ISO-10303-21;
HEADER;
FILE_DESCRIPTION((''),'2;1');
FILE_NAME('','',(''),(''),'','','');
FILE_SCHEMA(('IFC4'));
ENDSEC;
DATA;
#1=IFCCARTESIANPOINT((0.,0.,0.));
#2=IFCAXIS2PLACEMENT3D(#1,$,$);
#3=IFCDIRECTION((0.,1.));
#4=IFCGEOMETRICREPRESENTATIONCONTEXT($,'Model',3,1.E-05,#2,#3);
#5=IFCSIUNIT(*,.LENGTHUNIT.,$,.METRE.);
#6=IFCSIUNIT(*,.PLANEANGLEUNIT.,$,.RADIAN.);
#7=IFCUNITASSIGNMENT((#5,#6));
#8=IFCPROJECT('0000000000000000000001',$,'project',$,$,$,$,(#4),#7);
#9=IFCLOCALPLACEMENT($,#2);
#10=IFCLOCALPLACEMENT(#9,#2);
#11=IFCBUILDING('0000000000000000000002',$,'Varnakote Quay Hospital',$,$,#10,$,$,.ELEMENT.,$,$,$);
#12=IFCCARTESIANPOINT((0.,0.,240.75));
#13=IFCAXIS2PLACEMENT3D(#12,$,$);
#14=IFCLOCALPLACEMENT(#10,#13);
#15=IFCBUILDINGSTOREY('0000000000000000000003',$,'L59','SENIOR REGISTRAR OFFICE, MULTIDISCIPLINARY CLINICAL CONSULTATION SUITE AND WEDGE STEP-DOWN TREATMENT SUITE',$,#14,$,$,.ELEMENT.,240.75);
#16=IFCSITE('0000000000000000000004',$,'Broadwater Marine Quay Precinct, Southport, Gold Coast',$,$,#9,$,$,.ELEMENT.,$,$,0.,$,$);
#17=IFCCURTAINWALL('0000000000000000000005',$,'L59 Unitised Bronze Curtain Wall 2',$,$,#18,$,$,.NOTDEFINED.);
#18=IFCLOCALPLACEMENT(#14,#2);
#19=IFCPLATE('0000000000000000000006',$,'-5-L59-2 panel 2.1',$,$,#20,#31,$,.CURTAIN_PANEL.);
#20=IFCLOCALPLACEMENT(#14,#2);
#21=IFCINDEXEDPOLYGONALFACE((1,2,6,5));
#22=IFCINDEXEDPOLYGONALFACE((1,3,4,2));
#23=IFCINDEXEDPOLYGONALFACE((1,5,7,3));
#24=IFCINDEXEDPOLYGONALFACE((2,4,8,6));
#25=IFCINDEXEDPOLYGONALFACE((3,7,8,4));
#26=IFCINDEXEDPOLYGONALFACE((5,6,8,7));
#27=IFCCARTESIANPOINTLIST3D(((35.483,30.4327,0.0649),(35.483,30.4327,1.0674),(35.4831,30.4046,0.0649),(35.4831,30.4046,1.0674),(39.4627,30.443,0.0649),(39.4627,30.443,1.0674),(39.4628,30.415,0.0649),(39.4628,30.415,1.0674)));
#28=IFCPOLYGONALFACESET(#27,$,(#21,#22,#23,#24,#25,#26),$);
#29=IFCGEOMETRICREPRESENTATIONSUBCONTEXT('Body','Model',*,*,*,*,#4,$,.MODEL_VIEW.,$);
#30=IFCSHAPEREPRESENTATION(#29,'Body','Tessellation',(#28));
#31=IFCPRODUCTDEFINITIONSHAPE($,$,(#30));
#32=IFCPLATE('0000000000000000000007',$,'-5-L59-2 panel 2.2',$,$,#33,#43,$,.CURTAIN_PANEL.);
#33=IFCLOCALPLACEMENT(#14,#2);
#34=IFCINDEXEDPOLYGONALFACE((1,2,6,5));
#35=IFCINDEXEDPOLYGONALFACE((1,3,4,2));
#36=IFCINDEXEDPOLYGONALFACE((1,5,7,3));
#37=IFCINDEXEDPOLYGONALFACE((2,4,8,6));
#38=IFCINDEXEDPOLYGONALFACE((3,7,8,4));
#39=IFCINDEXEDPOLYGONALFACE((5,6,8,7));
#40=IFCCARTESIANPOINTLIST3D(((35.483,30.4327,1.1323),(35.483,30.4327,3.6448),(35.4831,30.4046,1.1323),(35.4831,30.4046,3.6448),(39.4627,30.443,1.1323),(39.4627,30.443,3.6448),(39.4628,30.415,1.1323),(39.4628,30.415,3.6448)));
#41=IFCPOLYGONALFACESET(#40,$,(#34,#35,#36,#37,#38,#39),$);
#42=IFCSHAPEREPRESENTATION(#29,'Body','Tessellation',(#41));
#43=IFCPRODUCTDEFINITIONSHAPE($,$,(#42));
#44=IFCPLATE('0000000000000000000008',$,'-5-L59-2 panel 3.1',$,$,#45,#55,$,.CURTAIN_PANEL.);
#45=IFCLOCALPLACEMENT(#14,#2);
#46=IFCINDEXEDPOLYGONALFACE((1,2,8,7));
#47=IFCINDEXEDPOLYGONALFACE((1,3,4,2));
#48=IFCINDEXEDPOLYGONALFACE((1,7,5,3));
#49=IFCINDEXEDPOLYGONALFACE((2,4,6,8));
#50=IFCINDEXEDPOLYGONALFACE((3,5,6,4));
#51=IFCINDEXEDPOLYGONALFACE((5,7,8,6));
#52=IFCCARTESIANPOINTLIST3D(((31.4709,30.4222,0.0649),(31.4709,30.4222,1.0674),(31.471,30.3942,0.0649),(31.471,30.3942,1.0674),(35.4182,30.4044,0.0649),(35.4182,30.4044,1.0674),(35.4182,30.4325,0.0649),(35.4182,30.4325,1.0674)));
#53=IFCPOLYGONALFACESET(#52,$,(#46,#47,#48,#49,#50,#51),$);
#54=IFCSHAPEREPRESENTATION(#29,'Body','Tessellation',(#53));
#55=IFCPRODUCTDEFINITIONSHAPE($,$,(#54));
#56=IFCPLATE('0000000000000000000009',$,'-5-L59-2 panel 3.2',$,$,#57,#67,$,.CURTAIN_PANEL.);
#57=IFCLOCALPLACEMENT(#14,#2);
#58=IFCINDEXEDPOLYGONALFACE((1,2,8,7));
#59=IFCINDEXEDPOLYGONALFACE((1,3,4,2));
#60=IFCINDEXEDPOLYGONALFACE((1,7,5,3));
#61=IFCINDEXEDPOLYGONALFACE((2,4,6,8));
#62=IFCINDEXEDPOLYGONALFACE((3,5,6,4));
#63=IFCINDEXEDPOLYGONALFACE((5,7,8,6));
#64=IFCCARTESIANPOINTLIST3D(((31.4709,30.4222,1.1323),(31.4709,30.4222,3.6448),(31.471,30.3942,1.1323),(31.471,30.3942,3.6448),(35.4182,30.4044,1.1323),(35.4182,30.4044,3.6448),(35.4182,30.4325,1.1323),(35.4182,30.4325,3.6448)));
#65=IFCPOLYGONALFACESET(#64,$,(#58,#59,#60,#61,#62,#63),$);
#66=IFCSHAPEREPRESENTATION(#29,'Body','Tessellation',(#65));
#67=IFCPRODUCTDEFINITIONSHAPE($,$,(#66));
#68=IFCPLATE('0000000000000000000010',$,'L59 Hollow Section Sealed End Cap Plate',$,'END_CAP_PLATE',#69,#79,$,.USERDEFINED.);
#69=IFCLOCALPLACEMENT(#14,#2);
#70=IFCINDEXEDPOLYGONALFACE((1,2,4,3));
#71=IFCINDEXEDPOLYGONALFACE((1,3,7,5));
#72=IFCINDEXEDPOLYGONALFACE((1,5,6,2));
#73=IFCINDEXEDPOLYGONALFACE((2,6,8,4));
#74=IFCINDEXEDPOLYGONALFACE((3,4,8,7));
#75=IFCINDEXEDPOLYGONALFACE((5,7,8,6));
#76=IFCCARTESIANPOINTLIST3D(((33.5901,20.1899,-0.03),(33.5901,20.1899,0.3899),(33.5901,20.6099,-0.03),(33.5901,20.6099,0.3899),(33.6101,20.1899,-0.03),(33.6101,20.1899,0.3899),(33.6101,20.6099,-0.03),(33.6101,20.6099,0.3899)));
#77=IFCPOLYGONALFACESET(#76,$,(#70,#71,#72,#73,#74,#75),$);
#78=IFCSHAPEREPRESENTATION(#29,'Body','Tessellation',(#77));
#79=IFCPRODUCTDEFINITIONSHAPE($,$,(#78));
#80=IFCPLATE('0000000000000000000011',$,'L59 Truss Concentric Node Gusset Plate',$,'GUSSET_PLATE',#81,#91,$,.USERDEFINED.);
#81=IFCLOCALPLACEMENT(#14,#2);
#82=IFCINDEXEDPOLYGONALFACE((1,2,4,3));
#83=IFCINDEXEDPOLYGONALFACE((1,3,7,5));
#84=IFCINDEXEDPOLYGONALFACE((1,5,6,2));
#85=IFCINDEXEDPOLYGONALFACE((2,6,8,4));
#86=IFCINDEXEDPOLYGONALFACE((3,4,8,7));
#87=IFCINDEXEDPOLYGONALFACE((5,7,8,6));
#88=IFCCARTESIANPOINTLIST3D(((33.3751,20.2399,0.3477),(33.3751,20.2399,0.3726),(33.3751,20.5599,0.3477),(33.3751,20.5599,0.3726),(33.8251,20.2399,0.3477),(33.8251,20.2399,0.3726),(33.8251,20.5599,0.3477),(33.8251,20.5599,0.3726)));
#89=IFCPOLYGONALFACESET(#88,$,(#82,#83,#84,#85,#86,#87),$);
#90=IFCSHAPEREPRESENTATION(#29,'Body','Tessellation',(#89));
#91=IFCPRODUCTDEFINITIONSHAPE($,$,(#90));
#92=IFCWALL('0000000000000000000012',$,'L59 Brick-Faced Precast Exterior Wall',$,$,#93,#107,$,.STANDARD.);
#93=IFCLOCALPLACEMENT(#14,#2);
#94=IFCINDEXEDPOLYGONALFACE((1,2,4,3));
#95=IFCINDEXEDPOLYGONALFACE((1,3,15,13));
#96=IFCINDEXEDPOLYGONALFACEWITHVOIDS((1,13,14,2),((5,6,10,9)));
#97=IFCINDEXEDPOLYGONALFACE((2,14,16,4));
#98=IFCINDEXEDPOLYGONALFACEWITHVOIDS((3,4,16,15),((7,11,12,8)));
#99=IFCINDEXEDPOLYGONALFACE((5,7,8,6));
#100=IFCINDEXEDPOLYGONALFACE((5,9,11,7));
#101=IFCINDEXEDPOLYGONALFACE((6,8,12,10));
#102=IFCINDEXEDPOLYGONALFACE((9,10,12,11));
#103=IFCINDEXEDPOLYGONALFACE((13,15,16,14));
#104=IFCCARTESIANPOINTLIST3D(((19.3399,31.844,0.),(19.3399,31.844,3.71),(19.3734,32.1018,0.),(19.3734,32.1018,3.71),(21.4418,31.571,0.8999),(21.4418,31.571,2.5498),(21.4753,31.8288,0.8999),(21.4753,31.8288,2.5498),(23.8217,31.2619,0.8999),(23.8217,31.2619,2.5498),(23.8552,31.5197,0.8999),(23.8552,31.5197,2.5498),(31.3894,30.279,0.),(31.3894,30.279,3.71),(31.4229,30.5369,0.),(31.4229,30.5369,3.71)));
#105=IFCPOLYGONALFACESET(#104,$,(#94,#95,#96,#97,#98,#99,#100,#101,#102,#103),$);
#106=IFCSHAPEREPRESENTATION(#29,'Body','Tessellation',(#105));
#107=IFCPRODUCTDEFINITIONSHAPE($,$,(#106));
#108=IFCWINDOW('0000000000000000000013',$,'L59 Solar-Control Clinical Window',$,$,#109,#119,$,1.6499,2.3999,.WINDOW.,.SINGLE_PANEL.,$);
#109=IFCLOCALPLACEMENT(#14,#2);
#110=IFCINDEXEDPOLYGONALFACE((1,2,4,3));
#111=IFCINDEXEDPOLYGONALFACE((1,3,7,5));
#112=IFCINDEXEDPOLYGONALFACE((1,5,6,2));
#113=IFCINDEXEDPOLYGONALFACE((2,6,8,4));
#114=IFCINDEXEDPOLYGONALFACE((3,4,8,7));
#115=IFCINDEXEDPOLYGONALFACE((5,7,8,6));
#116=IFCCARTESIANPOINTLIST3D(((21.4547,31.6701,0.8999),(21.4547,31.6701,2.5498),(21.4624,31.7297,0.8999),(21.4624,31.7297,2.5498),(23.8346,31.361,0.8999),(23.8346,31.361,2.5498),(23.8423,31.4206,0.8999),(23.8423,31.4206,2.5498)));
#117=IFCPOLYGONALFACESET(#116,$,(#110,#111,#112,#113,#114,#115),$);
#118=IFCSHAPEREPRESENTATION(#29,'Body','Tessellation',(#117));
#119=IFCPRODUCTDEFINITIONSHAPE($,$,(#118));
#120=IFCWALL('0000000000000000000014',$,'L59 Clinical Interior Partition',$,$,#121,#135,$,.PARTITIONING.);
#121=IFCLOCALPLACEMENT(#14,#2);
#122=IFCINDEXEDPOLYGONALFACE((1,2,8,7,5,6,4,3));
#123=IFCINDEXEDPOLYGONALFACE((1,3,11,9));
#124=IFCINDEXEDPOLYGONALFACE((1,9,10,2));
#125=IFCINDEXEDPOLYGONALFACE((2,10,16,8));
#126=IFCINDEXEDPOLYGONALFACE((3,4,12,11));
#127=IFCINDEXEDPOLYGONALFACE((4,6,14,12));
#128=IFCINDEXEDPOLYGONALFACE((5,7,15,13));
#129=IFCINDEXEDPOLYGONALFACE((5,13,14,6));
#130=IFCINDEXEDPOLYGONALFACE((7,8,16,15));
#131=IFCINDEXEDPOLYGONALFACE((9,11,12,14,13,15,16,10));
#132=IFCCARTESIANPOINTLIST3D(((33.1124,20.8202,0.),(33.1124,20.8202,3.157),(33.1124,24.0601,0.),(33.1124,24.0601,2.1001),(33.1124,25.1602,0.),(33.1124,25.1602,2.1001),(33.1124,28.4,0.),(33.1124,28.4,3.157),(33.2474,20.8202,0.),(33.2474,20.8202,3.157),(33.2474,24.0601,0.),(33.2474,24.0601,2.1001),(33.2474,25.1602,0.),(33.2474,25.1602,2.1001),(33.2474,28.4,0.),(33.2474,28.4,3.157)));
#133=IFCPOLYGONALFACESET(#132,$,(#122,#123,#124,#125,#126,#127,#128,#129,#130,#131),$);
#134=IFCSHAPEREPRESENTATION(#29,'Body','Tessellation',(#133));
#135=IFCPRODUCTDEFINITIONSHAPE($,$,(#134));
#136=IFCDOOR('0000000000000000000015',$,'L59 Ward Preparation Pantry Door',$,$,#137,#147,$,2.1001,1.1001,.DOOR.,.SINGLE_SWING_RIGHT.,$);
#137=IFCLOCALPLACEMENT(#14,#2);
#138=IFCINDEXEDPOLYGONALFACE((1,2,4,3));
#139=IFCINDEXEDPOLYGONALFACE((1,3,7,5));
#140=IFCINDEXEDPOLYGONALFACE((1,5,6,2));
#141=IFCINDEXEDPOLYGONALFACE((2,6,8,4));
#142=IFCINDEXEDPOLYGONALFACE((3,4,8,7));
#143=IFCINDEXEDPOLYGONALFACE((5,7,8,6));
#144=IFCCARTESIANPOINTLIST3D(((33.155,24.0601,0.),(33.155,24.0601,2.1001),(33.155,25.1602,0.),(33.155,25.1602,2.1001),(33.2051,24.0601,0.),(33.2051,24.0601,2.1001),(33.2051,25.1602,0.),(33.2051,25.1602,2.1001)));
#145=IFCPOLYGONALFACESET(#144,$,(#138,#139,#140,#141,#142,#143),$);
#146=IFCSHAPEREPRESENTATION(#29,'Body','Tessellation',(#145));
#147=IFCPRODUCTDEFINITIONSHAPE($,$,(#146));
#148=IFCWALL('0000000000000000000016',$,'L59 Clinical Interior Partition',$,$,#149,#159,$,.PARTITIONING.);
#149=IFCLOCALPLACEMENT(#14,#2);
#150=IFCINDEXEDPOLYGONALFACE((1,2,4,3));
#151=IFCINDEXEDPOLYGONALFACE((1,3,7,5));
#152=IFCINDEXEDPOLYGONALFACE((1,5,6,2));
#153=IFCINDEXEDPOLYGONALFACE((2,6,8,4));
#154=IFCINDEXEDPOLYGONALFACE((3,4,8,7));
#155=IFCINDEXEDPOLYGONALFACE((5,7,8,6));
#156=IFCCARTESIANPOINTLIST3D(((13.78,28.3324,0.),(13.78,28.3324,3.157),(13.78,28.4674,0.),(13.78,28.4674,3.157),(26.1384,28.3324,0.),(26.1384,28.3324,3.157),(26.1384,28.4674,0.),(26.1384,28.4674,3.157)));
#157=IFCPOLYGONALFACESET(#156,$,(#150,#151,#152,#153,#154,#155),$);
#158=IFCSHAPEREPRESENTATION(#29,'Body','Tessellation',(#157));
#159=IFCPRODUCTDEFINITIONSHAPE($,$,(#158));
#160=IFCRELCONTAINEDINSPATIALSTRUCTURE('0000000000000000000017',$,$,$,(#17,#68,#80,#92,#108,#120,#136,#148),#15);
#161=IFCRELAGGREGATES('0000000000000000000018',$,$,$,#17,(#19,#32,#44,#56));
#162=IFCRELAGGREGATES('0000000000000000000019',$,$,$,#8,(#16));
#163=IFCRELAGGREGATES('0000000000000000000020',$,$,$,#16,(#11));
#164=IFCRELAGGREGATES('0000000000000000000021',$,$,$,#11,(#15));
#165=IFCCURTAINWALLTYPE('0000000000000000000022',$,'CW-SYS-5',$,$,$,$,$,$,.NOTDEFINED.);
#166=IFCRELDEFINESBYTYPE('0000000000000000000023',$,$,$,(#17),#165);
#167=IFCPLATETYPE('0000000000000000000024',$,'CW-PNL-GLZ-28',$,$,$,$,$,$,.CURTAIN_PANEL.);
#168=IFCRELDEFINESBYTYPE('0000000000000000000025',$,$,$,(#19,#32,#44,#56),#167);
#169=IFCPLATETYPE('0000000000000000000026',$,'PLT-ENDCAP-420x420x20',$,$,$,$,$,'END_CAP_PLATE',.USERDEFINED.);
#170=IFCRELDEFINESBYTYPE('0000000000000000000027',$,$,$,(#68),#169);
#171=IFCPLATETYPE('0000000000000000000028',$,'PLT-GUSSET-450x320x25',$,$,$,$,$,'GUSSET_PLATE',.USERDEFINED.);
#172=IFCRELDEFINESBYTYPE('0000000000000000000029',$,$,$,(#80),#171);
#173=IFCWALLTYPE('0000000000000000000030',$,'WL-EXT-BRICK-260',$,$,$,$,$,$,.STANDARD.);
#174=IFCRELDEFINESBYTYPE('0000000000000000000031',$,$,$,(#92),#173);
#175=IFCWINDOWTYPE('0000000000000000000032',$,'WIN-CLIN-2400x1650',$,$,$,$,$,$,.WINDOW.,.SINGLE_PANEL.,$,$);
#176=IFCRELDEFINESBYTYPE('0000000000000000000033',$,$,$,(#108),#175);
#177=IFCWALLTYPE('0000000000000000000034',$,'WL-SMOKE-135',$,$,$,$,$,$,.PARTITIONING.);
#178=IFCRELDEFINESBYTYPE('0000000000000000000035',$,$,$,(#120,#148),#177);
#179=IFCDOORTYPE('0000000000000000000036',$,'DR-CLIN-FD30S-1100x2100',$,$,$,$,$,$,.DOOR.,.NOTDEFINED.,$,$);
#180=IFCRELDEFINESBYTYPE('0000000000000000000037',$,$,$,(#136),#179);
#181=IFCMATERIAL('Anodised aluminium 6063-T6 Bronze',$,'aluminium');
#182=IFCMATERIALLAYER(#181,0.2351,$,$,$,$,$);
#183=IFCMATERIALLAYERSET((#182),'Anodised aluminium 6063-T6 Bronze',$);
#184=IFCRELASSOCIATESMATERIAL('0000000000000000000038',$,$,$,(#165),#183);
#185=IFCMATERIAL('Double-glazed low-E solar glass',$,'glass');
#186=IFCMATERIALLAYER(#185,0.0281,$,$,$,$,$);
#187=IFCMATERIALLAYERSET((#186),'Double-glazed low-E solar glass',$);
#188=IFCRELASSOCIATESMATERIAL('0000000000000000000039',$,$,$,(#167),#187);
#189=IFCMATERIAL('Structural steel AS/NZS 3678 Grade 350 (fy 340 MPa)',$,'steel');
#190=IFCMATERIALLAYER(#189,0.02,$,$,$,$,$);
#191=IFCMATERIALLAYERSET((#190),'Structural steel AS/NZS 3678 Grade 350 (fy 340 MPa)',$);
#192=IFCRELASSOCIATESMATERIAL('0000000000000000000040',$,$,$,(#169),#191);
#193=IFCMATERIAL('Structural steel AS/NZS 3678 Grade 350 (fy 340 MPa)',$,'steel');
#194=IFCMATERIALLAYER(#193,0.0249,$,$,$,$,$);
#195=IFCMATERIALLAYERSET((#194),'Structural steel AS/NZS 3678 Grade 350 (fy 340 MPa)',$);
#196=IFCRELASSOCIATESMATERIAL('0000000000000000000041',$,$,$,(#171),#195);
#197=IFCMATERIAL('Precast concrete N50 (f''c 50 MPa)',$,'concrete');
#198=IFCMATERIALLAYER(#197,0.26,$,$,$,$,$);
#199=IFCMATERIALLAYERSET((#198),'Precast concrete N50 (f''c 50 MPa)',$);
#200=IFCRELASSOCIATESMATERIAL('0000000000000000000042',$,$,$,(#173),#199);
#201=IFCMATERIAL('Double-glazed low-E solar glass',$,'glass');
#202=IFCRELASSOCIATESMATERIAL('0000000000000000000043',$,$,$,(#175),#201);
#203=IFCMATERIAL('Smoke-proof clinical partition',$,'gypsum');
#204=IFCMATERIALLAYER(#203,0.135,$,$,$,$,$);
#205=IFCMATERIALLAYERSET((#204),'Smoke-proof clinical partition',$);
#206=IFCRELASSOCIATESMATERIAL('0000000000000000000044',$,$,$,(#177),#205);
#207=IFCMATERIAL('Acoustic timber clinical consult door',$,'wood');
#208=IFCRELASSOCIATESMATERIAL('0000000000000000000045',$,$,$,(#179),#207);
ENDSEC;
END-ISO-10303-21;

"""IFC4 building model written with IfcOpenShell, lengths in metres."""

from ifc_helpers import new_model, si_unit, direction, frame, frame_2d, origin, origin_2d, place, context, subcontext, project, spatial, rectangle, extrude, material, layer, layer_set, type_object, element, fill, aggregate, save


model = new_model("IFC4")

# Units and contexts
model_context = context("Model", 3, precision=1e-05, world=origin(), true_north=direction((0.0, 1.0)))
body_context = subcontext(model_context, "Body", "Model", "MODEL_VIEW")
ifc_project = project(units=[si_unit("LENGTHUNIT", "METRE"), si_unit("PLANEANGLEUNIT", "RADIAN")], contexts=[model_context])

# Site, building, storey
site_placement = place(None, origin())
site = spatial("IfcSite", under=ifc_project, at=site_placement, Name="Broadwater Marine Quay Precinct, Southport, Gold Coast", CompositionType="ELEMENT", RefElevation=0.0)
building_placement = place(site_placement, origin())
building = spatial("IfcBuilding", under=site, at=building_placement, Name="Varnakote Quay Hospital", CompositionType="ELEMENT")
storey_placement = place(building_placement, frame((0.0, 0.0, 240.75)))
storey = spatial("IfcBuildingStorey", under=building, at=storey_placement, Name="L59", Description="SENIOR REGISTRAR OFFICE, MULTIDISCIPLINARY CLINICAL CONSULTATION SUITE AND WEDGE STEP-DOWN TREATMENT SUITE", CompositionType="ELEMENT", Elevation=240.75)

# Curtain wall
ifc_material_1 = material(Name="Anodised aluminium 6063-T6 Bronze", Category="aluminium")
ifc_layer_1 = layer(ifc_material_1, 0.2351)
ifc_layer_set_1 = layer_set([ifc_layer_1], Name="Anodised aluminium 6063-T6 Bronze")
curtain_wall_type = type_object("IfcCurtainWallType", Name="CW-SYS-5", PredefinedType="NOTDEFINED", material=ifc_layer_set_1)
curtain_wall_placement = place(storey_placement, origin())
curtain_wall = element("IfcCurtainWall", 1, at=curtain_wall_placement, inside=storey, type_object=curtain_wall_type, Name="L59 Unitised Bronze Curtain Wall 2", PredefinedType="NOTDEFINED")

# Plates
ifc_material_2 = material(Name="Double-glazed low-E solar glass", Category="glass")
ifc_layer_2 = layer(ifc_material_2, 0.0281)
ifc_layer_set_2 = layer_set([ifc_layer_2], Name="Double-glazed low-E solar glass")
plate_type_1 = type_object("IfcPlateType", Name="CW-PNL-GLZ-28", PredefinedType="CURTAIN_PANEL", material=ifc_layer_set_2)
plate_1_placement = place(storey_placement, frame((37.4729, 30.4238, 0.0649), z_axis=(0.0, 0.0, 1.0), x_axis=(-0.999997, -0.002604, 0.0)))
plate_1 = element("IfcPlate", 2, at=plate_1_placement, type_object=plate_type_1, Name="-5-L59-2 panel 2.1", PredefinedType="CURTAIN_PANEL", context=body_context, shape_type="SweptSolid", body=[
    extrude(rectangle(XDim=3.9797, YDim=0.0281, at=origin_2d()), origin(), (0.0, 0.0, 1.0), 1.0024),
])
plate_2_placement = place(storey_placement, frame((37.4729, 30.4238, 1.1323), z_axis=(0.0, 0.0, 1.0), x_axis=(-0.999997, -0.002604, 0.0)))
plate_2 = element("IfcPlate", 3, at=plate_2_placement, type_object=plate_type_1, Name="-5-L59-2 panel 2.2", PredefinedType="CURTAIN_PANEL", context=body_context, shape_type="SweptSolid", body=[
    extrude(rectangle(XDim=3.9797, YDim=0.0281, at=origin_2d()), origin(), (0.0, 0.0, 1.0), 2.5125),
])
plate_3_placement = place(storey_placement, frame((33.4446, 30.4133, 0.0649), z_axis=(0.0, 0.0, 1.0), x_axis=(-0.999997, -0.002604, 0.0)))
plate_3 = element("IfcPlate", 4, at=plate_3_placement, type_object=plate_type_1, Name="-5-L59-2 panel 3.1", PredefinedType="CURTAIN_PANEL", context=body_context, shape_type="SweptSolid", body=[
    extrude(rectangle(XDim=3.9473, YDim=0.0281, at=origin_2d()), origin(), (0.0, 0.0, 1.0), 1.0024),
])
plate_4_placement = place(storey_placement, frame((33.4446, 30.4133, 1.1323), z_axis=(0.0, 0.0, 1.0), x_axis=(-0.999997, -0.002604, 0.0)))
plate_4 = element("IfcPlate", 5, at=plate_4_placement, type_object=plate_type_1, Name="-5-L59-2 panel 3.2", PredefinedType="CURTAIN_PANEL", context=body_context, shape_type="SweptSolid", body=[
    extrude(rectangle(XDim=3.9473, YDim=0.0281, at=origin_2d()), origin(), (0.0, 0.0, 1.0), 2.5125),
])
aggregate(curtain_wall, [plate_1, plate_2, plate_3, plate_4])

# Plates
ifc_material_3 = material(Name="Structural steel AS/NZS 3678 Grade 350 (fy 340 MPa)", Category="steel")
ifc_layer_3 = layer(ifc_material_3, 0.02)
ifc_layer_set_3 = layer_set([ifc_layer_3], Name="Structural steel AS/NZS 3678 Grade 350 (fy 340 MPa)")
plate_type_2 = type_object("IfcPlateType", Name="PLT-ENDCAP-420x420x20", ElementType="END_CAP_PLATE", PredefinedType="USERDEFINED", material=ifc_layer_set_3)
plate_5_placement = place(storey_placement, frame((33.6001, 20.3999, -0.03), z_axis=(0.0, 0.0, 1.0), x_axis=(1.0, 0.0, 0.0)))
element("IfcPlate", 6, at=plate_5_placement, inside=storey, type_object=plate_type_2, Name="L59 Hollow Section Sealed End Cap Plate", ObjectType="END_CAP_PLATE", PredefinedType="USERDEFINED", context=body_context, shape_type="SweptSolid", body=[
    extrude(rectangle(XDim=0.02, YDim=0.4199, at=origin_2d()), origin(), (0.0, 0.0, 1.0), 0.4199),
])
ifc_material_4 = material(Name="Structural steel AS/NZS 3678 Grade 350 (fy 340 MPa)", Category="steel")
ifc_layer_4 = layer(ifc_material_4, 0.0249)
ifc_layer_set_4 = layer_set([ifc_layer_4], Name="Structural steel AS/NZS 3678 Grade 350 (fy 340 MPa)")
plate_type_3 = type_object("IfcPlateType", Name="PLT-GUSSET-450x320x25", ElementType="GUSSET_PLATE", PredefinedType="USERDEFINED", material=ifc_layer_set_4)
plate_6_placement = place(storey_placement, frame((33.6001, 20.3999, 0.3477), z_axis=(0.0, 0.0, 1.0), x_axis=(1.0, 0.0, 0.0)))
element("IfcPlate", 7, at=plate_6_placement, inside=storey, type_object=plate_type_3, Name="L59 Truss Concentric Node Gusset Plate", ObjectType="GUSSET_PLATE", PredefinedType="USERDEFINED", context=body_context, shape_type="SweptSolid", body=[
    extrude(rectangle(XDim=0.45, YDim=0.3201, at=origin_2d()), origin(), (0.0, 0.0, 1.0), 0.0249),
])

# Wall, opening, window
ifc_material_5 = material(Name="Precast concrete N50 (f'c 50 MPa)", Category="concrete")
ifc_layer_5 = layer(ifc_material_5, 0.26)
ifc_layer_set_5 = layer_set([ifc_layer_5], Name="Precast concrete N50 (f'c 50 MPa)")
wall_type_1 = type_object("IfcWallType", Name="WL-EXT-BRICK-260", PredefinedType="STANDARD", material=ifc_layer_set_5)
wall_1_placement = place(storey_placement, frame((31.406, 30.408, 0.0), z_axis=(0.0, 0.0, 1.0), x_axis=(-0.991671, 0.128796, 0.0)))
wall_1 = element("IfcWall", 8, at=wall_1_placement, inside=storey, type_object=wall_type_1, Name="L59 Brick-Faced Precast Exterior Wall", PredefinedType="STANDARD", context=body_context, shape_type="SweptSolid", body=[
    extrude(rectangle(XDim=12.1506, YDim=0.26, at=frame_2d((6.0752, 0.0))), origin(), (0.0, 0.0, 1.0), 3.71),
])
opening_1_placement = place(wall_1_placement, frame((7.6311, 0.0, 0.8999)))
opening_1 = element("IfcOpeningElement", 9, at=opening_1_placement, cuts=wall_1, PredefinedType="OPENING", context=body_context, shape_type="SweptSolid", body=[
    extrude(rectangle(XDim=2.3999, YDim=1.6499, at=frame_2d((1.2, 0.825))), frame((0.0, 0.1399, 0.0), z_axis=(0.0, -1.0, 0.0), x_axis=(1.0, 0.0, 0.0)), (0.0, 0.0, 1.0), 0.28),
])
ifc_material_6 = material(Name="Double-glazed low-E solar glass", Category="glass")
window_type = type_object("IfcWindowType", Name="WIN-CLIN-2400x1650", PartitioningType="SINGLE_PANEL", PredefinedType="WINDOW", material=ifc_material_6)
window_placement = place(opening_1_placement, origin())
window = element("IfcWindow", 10, at=window_placement, inside=storey, type_object=window_type, Name="L59 Solar-Control Clinical Window", OverallHeight=1.6499, OverallWidth=2.3999, PartitioningType="SINGLE_PANEL", PredefinedType="WINDOW", context=body_context, shape_type="SweptSolid", body=[
    extrude(rectangle(XDim=2.3999, YDim=1.6499, at=frame_2d((1.2, 0.825))), frame((0.0, 0.03, 0.0), z_axis=(0.0, -1.0, 0.0), x_axis=(1.0, 0.0, 0.0)), (0.0, 0.0, 1.0), 0.0601),
])
fill(opening_1, window)

# Wall, opening, door
ifc_material_7 = material(Name="Smoke-proof clinical partition", Category="gypsum")
ifc_layer_6 = layer(ifc_material_7, 0.135)
ifc_layer_set_6 = layer_set([ifc_layer_6], Name="Smoke-proof clinical partition")
wall_type_2 = type_object("IfcWallType", Name="WL-SMOKE-135", PredefinedType="PARTITIONING", material=ifc_layer_set_6)
wall_2_placement = place(storey_placement, frame((33.1799, 20.8201, 0.0), z_axis=(0.0, 0.0, 1.0), x_axis=(0.0, 1.0, 0.0)))
wall_2 = element("IfcWall", 11, at=wall_2_placement, inside=storey, type_object=wall_type_2, Name="L59 Clinical Interior Partition", PredefinedType="PARTITIONING", context=body_context, shape_type="SweptSolid", body=[
    extrude(rectangle(XDim=7.5798, YDim=0.135, at=frame_2d((3.79, 0.0))), origin(), (0.0, 0.0, 1.0), 3.157),
])
opening_2_placement = place(wall_2_placement, frame((3.24, 0.0, 0.0)))
opening_2 = element("IfcOpeningElement", 12, at=opening_2_placement, cuts=wall_2, PredefinedType="OPENING", context=body_context, shape_type="SweptSolid", body=[
    extrude(rectangle(XDim=1.1001, YDim=2.1001, at=frame_2d((0.55, 1.05))), frame((0.0, 0.0774, 0.0), z_axis=(0.0, -1.0, 0.0), x_axis=(1.0, 0.0, 0.0)), (0.0, 0.0, 1.0), 0.155),
])
ifc_material_8 = material(Name="Acoustic timber clinical consult door", Category="wood")
door_type = type_object("IfcDoorType", Name="DR-CLIN-FD30S-1100x2100", OperationType="NOTDEFINED", PredefinedType="DOOR", material=ifc_material_8)
door_1_placement = place(opening_2_placement, origin())
door_1 = element("IfcDoor", 13, at=door_1_placement, inside=storey, type_object=door_type, Name="L59 Ward Preparation Pantry Door", OperationType="SINGLE_SWING_RIGHT", OverallHeight=2.1001, OverallWidth=1.1001, PredefinedType="DOOR", context=body_context, shape_type="SweptSolid", body=[
    extrude(rectangle(XDim=1.1001, YDim=2.1001, at=frame_2d((0.55, 1.05))), frame((0.0, 0.0249, 0.0), z_axis=(0.0, -1.0, 0.0), x_axis=(1.0, 0.0, 0.0)), (0.0, 0.0, 1.0), 0.05),
])
fill(opening_2, door_1)

# Wall
wall_3_placement = place(storey_placement, frame((26.1384, 28.3999, 0.0), z_axis=(0.0, 0.0, 1.0), x_axis=(-1.0, 0.0, 0.0)))
element("IfcWall", 14, at=wall_3_placement, inside=storey, type_object=wall_type_2, Name="L59 Clinical Interior Partition", PredefinedType="PARTITIONING", context=body_context, shape_type="SweptSolid", body=[
    extrude(rectangle(XDim=12.3584, YDim=0.135, at=frame_2d((6.1792, 0.0))), origin(), (0.0, 0.0, 1.0), 3.157),
])

save(model, "model.ifc")
